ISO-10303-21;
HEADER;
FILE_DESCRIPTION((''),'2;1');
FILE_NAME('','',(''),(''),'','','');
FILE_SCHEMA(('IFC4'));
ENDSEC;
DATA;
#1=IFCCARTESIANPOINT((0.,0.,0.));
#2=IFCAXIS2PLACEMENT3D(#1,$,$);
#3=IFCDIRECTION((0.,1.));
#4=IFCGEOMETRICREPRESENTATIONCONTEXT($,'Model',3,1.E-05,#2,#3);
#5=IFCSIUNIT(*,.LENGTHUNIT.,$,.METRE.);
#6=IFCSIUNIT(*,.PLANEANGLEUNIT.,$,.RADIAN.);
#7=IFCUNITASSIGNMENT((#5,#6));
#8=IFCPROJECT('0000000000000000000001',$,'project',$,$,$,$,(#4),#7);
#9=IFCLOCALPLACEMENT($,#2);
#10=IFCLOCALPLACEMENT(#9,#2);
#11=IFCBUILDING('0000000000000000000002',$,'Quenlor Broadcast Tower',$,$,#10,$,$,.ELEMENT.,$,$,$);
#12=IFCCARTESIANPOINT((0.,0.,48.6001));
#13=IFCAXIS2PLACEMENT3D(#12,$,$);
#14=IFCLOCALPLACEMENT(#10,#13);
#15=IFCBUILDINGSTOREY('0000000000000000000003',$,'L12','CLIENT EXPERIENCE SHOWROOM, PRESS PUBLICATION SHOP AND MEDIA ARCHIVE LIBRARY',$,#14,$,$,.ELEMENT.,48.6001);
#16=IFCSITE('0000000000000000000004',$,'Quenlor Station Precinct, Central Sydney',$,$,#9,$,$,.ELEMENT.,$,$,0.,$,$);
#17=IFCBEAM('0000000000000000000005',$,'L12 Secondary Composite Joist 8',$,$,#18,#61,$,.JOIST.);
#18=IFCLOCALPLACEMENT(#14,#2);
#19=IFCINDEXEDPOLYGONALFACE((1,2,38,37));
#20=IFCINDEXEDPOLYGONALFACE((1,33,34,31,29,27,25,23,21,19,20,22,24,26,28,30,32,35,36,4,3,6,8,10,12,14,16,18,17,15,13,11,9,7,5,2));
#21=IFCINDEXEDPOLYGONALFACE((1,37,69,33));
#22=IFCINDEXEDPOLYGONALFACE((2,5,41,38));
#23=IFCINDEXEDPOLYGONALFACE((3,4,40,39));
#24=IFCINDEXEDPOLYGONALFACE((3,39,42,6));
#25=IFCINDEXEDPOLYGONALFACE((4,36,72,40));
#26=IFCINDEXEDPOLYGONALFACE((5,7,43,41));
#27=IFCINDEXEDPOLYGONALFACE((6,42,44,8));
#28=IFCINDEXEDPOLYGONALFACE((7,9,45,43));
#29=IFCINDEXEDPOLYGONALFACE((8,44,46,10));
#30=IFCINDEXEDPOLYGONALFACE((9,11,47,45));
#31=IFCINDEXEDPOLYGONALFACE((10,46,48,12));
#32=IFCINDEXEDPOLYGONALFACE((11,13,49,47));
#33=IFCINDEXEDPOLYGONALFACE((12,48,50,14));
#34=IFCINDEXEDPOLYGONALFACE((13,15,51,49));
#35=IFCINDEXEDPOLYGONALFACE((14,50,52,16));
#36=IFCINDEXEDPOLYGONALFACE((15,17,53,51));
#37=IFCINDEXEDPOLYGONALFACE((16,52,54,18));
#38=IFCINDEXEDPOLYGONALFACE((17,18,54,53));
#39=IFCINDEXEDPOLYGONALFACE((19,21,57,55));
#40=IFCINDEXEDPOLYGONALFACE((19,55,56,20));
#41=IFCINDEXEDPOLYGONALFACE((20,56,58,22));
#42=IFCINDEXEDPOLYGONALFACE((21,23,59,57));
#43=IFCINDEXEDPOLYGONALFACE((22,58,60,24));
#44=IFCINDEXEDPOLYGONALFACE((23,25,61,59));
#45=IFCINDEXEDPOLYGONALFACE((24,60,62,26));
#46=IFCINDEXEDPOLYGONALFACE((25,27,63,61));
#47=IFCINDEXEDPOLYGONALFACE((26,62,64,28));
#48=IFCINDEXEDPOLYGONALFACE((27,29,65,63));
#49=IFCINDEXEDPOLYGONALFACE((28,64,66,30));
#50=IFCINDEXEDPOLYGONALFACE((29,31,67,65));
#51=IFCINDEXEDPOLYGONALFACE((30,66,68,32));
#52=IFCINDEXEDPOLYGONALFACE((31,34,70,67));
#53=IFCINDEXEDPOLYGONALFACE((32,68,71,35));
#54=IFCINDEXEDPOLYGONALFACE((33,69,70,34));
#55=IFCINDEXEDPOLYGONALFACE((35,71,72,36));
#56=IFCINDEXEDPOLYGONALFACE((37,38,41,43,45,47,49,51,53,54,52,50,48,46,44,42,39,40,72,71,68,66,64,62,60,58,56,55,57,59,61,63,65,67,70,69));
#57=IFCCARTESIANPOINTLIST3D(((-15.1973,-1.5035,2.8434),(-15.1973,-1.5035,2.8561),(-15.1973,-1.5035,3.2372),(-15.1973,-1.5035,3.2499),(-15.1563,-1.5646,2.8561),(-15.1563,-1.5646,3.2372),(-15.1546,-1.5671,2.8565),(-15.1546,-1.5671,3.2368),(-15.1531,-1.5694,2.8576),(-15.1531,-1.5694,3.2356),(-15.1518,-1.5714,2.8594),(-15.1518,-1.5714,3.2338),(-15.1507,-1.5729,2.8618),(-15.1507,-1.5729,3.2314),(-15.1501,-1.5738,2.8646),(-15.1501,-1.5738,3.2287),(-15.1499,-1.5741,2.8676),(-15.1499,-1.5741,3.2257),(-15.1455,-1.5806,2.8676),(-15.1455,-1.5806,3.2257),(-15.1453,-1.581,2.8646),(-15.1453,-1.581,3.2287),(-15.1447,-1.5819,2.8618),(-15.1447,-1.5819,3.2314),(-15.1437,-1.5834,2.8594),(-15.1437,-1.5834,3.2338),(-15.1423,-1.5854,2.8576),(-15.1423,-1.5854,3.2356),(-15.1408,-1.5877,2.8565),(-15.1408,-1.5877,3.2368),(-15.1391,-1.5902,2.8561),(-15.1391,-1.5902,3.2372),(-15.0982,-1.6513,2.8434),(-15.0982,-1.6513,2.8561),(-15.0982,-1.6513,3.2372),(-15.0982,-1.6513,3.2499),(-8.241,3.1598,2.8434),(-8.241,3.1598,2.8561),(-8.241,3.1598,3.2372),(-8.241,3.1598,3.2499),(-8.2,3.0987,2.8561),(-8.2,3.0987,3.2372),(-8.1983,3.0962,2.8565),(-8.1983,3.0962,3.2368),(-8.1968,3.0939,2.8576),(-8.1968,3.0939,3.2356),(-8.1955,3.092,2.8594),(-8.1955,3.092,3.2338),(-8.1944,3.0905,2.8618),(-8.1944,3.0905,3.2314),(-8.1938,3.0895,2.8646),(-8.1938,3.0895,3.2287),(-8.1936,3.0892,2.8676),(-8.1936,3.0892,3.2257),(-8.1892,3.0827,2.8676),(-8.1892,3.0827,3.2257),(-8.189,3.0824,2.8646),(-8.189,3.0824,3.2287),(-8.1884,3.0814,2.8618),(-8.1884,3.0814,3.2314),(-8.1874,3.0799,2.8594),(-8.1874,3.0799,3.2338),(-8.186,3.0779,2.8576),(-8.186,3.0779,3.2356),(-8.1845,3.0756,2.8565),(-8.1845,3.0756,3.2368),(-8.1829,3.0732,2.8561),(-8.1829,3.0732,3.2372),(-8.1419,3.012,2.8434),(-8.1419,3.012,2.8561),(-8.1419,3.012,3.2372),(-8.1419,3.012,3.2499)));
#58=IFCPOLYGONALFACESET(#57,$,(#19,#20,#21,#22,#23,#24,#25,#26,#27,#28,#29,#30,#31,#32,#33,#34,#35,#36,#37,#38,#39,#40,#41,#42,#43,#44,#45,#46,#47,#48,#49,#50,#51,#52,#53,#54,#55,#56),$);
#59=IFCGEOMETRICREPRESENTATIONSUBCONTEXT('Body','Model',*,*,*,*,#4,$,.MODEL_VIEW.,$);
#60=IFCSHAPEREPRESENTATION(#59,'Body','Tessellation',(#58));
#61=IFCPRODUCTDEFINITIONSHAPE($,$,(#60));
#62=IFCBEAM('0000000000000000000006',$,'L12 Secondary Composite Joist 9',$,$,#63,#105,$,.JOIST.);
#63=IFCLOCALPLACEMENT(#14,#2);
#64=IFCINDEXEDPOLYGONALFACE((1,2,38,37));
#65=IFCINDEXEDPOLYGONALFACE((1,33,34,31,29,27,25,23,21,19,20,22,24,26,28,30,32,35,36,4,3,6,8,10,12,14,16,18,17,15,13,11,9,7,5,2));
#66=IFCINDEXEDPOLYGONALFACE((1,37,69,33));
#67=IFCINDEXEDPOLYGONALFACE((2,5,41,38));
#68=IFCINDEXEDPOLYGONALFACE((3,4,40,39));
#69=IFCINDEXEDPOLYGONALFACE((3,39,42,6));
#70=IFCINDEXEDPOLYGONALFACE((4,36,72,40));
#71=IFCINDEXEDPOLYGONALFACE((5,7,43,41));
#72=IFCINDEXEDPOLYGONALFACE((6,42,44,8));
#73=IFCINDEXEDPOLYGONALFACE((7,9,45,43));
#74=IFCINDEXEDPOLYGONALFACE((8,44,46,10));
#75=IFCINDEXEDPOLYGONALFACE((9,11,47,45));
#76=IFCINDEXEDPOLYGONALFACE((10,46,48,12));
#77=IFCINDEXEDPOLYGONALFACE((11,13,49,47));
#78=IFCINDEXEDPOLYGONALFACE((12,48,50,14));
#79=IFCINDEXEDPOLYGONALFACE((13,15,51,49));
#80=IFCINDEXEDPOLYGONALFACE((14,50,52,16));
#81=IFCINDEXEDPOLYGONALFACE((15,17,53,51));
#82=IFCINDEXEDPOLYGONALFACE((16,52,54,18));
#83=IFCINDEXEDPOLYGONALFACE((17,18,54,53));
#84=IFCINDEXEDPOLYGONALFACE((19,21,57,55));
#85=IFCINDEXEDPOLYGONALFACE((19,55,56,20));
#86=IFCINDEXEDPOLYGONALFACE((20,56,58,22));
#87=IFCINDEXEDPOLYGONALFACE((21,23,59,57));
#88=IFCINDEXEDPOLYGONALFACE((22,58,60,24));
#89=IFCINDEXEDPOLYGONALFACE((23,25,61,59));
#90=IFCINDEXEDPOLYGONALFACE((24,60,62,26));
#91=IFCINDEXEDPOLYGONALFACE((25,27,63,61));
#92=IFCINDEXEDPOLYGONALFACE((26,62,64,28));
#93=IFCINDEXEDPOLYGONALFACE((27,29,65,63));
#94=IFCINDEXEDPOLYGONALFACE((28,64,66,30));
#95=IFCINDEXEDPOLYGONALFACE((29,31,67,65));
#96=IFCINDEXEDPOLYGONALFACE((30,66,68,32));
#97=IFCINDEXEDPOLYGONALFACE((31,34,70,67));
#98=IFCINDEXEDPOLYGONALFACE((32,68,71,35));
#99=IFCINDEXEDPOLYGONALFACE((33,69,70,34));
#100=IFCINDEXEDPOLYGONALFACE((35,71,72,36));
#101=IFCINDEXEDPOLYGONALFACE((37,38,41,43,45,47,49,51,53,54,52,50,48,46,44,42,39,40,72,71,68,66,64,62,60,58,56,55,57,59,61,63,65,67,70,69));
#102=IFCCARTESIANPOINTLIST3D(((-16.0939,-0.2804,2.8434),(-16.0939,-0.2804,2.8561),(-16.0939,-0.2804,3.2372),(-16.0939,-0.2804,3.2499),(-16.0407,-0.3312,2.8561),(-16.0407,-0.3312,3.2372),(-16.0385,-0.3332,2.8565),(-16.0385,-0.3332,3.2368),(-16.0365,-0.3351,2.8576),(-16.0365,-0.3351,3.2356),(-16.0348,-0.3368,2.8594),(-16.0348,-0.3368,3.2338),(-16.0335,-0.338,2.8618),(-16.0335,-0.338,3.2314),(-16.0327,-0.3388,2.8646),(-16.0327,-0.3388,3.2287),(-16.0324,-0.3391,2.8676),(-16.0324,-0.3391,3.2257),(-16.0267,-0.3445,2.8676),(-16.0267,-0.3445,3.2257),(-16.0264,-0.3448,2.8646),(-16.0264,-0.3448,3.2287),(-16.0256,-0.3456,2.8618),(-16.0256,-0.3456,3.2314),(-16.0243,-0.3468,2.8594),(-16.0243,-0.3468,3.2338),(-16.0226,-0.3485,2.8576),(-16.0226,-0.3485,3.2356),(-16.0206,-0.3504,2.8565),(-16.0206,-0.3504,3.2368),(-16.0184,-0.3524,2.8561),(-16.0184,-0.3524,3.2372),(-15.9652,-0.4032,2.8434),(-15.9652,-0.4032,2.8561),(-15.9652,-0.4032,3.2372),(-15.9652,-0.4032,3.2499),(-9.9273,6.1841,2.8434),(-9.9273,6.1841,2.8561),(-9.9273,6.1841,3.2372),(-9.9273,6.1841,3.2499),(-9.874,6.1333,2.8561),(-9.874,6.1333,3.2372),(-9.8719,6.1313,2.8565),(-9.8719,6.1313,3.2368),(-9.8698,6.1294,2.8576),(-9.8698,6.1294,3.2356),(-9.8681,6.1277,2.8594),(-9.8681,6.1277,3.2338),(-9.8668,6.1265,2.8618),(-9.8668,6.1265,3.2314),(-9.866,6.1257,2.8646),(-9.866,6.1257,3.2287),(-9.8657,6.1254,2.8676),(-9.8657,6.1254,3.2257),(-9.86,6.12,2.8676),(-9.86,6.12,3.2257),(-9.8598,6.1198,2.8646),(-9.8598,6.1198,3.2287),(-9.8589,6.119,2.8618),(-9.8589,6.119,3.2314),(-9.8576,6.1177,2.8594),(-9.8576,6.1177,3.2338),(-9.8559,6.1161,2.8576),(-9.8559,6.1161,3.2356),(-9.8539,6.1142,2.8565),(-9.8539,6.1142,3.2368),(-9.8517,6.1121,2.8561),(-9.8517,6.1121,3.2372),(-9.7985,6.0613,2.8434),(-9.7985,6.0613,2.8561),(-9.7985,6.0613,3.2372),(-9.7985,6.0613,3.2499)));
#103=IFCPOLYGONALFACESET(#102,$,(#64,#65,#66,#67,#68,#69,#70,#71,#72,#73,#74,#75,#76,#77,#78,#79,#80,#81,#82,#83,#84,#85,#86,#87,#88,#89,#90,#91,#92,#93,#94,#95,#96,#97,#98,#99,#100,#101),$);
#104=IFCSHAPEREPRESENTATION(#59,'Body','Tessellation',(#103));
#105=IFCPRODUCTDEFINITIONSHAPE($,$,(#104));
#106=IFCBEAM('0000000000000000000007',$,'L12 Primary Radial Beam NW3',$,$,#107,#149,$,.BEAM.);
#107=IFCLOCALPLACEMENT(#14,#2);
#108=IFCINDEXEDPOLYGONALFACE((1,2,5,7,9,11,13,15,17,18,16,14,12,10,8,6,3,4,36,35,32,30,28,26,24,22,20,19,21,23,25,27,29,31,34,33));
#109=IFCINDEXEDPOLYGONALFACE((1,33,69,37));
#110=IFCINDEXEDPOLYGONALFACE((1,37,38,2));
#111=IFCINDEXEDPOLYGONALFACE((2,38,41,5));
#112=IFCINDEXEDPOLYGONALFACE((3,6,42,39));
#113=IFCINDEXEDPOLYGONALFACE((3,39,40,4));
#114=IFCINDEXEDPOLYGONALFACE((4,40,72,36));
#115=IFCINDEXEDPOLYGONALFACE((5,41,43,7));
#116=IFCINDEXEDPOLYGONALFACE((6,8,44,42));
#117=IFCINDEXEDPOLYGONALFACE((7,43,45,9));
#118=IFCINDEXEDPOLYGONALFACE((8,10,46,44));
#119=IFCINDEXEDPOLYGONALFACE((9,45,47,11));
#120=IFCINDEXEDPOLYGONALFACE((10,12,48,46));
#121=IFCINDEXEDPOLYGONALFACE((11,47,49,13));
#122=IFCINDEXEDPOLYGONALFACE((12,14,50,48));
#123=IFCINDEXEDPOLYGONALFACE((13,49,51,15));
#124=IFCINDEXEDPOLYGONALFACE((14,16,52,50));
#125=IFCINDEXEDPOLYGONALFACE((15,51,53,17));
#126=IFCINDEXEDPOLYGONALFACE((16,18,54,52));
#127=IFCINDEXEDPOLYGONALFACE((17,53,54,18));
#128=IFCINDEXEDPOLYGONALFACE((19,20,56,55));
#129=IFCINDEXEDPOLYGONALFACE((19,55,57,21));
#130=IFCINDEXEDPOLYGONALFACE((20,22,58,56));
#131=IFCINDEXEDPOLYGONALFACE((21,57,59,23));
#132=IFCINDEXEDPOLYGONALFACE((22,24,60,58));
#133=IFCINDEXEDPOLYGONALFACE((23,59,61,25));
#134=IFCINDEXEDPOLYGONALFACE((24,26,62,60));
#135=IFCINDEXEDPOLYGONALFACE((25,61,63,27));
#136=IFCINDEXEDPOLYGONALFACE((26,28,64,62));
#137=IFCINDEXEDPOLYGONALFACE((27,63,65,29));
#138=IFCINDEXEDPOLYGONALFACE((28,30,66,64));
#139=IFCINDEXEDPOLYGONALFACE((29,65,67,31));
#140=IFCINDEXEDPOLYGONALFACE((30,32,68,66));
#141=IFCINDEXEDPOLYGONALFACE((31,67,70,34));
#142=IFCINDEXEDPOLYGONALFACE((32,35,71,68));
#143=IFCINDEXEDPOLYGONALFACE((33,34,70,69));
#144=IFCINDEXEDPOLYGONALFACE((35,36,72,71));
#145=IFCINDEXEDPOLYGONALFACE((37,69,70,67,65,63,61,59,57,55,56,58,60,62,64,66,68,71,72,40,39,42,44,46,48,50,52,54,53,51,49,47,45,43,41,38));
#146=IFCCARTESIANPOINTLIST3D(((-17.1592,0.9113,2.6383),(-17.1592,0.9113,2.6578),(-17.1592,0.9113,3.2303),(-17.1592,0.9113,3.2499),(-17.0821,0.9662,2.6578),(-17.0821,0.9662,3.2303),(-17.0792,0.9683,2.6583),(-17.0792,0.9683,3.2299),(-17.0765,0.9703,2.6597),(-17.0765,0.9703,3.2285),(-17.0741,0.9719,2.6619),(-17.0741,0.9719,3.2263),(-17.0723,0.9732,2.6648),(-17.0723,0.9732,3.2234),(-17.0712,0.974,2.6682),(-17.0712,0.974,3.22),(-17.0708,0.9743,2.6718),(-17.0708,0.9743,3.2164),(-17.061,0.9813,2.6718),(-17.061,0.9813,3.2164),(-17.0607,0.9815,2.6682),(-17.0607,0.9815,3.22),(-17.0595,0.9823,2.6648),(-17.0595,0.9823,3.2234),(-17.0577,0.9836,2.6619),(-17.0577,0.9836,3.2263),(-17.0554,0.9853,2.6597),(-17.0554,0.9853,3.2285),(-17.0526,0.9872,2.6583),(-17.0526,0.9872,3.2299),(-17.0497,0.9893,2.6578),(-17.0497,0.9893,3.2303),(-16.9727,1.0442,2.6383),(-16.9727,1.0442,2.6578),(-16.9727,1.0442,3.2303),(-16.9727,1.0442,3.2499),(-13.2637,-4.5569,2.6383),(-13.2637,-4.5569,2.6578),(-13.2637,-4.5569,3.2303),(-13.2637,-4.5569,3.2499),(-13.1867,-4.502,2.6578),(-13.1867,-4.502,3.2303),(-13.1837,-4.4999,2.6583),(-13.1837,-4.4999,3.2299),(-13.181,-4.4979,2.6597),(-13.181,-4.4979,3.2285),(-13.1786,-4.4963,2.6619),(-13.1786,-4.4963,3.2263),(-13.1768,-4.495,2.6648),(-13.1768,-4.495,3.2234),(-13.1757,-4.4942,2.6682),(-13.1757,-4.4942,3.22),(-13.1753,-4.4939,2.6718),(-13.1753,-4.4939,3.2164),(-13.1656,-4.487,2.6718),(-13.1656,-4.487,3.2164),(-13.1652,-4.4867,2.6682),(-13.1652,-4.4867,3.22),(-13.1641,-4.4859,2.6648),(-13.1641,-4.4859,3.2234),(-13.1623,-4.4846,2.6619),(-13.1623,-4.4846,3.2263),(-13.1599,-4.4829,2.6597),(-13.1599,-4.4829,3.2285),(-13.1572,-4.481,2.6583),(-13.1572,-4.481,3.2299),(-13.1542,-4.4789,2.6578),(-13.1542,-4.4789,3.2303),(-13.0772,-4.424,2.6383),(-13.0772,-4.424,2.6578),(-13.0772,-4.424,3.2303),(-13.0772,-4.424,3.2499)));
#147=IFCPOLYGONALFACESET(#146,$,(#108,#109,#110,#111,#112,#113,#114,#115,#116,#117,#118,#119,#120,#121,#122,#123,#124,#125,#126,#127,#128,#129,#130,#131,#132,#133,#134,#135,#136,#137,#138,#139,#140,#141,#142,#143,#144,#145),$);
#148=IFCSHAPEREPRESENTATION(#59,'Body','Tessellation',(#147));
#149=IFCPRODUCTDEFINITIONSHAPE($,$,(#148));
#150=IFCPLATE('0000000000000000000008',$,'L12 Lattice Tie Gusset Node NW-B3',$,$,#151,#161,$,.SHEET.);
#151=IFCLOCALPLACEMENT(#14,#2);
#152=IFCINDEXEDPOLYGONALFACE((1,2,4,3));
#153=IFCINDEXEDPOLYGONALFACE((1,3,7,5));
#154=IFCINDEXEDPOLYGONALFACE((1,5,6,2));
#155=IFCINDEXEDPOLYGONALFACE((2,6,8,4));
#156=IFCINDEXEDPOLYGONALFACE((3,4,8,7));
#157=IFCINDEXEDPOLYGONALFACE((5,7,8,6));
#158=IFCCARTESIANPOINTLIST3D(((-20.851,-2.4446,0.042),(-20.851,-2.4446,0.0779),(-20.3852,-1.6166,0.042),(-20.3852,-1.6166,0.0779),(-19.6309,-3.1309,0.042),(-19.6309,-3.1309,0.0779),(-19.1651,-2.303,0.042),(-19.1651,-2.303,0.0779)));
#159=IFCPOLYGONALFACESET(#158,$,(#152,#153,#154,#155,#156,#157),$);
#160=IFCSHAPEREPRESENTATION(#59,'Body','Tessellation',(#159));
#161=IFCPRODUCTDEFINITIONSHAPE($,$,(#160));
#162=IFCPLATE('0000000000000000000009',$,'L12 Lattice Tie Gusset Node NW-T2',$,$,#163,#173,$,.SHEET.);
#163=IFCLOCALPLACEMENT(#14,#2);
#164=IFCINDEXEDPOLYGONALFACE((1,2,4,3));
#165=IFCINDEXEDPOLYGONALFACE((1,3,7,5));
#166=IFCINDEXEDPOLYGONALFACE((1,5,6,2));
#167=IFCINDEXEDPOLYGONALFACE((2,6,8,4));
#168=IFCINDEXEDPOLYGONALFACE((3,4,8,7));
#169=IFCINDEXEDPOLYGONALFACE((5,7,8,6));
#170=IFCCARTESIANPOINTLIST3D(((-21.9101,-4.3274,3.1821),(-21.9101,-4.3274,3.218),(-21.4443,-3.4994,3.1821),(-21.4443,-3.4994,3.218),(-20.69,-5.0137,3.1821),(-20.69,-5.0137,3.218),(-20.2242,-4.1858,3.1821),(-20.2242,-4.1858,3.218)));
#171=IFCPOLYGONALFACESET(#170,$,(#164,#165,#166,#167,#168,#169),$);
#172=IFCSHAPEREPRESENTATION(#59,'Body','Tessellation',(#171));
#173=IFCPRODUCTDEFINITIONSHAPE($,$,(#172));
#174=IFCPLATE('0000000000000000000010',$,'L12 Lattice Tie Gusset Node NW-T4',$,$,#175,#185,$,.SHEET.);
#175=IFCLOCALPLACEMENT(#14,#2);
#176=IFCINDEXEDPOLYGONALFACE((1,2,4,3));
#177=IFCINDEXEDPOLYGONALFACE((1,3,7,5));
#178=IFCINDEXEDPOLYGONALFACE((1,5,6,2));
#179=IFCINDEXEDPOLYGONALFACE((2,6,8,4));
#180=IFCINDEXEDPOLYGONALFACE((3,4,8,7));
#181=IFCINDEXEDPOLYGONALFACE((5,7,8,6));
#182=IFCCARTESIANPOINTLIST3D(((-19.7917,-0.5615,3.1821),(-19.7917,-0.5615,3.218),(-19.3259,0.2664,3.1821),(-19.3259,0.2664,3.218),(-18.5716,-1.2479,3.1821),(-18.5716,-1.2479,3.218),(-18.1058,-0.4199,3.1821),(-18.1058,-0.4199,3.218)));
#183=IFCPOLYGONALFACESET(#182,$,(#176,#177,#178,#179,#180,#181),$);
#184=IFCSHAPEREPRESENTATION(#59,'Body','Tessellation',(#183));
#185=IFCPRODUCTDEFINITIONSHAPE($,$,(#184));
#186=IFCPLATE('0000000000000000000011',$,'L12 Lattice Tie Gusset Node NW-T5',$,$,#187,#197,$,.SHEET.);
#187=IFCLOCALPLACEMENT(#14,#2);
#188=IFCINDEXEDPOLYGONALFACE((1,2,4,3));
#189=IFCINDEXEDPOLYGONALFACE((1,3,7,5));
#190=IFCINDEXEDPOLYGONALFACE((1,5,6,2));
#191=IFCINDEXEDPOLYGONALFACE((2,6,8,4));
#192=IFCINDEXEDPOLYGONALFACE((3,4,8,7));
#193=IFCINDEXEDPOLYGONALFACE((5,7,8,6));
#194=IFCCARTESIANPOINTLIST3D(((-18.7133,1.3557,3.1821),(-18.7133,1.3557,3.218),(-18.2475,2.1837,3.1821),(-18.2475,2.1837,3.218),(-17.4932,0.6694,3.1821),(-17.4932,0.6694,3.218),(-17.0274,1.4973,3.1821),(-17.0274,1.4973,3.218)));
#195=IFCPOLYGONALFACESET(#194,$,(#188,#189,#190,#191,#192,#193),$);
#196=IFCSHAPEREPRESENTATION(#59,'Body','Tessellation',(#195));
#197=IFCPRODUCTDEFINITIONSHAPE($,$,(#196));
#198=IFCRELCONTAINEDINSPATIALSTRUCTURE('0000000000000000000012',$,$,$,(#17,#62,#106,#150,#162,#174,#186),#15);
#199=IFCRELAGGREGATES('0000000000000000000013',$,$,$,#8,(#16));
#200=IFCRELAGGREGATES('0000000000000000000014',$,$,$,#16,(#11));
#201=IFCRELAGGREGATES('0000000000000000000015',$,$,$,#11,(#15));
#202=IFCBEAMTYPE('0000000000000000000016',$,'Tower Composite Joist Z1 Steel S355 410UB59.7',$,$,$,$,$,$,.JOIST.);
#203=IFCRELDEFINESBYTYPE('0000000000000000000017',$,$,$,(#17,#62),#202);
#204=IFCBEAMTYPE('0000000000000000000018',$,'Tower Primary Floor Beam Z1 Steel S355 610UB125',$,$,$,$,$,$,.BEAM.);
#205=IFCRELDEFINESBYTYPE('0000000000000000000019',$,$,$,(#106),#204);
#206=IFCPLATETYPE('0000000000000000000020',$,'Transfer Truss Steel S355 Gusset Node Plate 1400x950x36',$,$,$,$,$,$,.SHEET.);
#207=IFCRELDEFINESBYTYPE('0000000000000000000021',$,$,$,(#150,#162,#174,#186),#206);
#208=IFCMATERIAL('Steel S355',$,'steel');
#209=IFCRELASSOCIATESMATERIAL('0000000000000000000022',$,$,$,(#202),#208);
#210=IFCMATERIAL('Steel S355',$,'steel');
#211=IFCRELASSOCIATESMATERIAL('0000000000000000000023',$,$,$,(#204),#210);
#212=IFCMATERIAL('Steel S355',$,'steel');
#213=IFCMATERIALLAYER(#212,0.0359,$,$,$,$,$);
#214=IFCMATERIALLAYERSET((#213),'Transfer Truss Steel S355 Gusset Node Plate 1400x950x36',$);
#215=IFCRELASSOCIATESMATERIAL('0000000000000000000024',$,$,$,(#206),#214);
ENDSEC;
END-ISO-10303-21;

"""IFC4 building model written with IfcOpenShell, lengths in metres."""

from ifc_helpers import new_model, si_unit, direction, frame, origin, origin_2d, place, context, subcontext, project, spatial, rectangle, i_section, extrude, material, layer, layer_set, material_profile, profile_set, type_object, element, save


model = new_model("IFC4")

# Units and contexts
model_context = context("Model", 3, precision=1e-05, world=origin(), true_north=direction((0.0, 1.0)))
body_context = subcontext(model_context, "Body", "Model", "MODEL_VIEW")
ifc_project = project(units=[si_unit("LENGTHUNIT", "METRE"), si_unit("PLANEANGLEUNIT", "RADIAN")], contexts=[model_context])

# Site, building, storey
site_placement = place(None, origin())
site = spatial("IfcSite", under=ifc_project, at=site_placement, Name="Quenlor Station Precinct, Central Sydney", CompositionType="ELEMENT", RefElevation=0.0)
building_placement = place(site_placement, origin())
building = spatial("IfcBuilding", under=site, at=building_placement, Name="Quenlor Broadcast Tower", CompositionType="ELEMENT")
storey_placement = place(building_placement, frame((0.0, 0.0, 48.6001)))
storey = spatial("IfcBuildingStorey", under=building, at=storey_placement, Name="L12", Description="CLIENT EXPERIENCE SHOWROOM, PRESS PUBLICATION SHOP AND MEDIA ARCHIVE LIBRARY", CompositionType="ELEMENT", Elevation=48.6001)

# Beams
ifc_material_1 = material(Name="Steel S355", Category="steel")
ifc_material_profile_1 = material_profile(ifc_material_1, i_section(OverallWidth=0.178, OverallDepth=0.4065, WebThickness=0.0078, FlangeThickness=0.0127, FilletRadius=0.0115, at=origin_2d()))
ifc_profile_set_1 = profile_set([ifc_material_profile_1], Name="Steel S355 410UB59.7")
beam_type_1 = type_object("IfcBeamType", Name="Tower Composite Joist Z1 Steel S355 410UB59.7", PredefinedType="JOIST", material=ifc_profile_set_1)
beam_1_placement = place(storey_placement, frame((-15.1477, -1.5774, 3.0466), z_axis=(0.830626, 0.556831, 0.0), x_axis=(-0.556831, 0.830626, 0.0)))
element("IfcBeam", 1, at=beam_1_placement, inside=storey, type_object=beam_type_1, Name="L12 Secondary Composite Joist 8", PredefinedType="JOIST", context=body_context, shape_type="SweptSolid", body=[
    extrude(i_section(OverallWidth=0.178, OverallDepth=0.4065, WebThickness=0.0078, FlangeThickness=0.0127, FilletRadius=0.0115, at=origin_2d()), origin(), (0.0, 0.0, 1.0), 8.3748),
])
beam_2_placement = place(storey_placement, frame((-16.0295, -0.3418, 3.0466), z_axis=(0.690241, 0.723579, 0.0), x_axis=(-0.723579, 0.690241, 0.0)))
element("IfcBeam", 2, at=beam_2_placement, inside=storey, type_object=beam_type_1, Name="L12 Secondary Composite Joist 9", PredefinedType="JOIST", context=body_context, shape_type="SweptSolid", body=[
    extrude(i_section(OverallWidth=0.178, OverallDepth=0.4065, WebThickness=0.0078, FlangeThickness=0.0127, FilletRadius=0.0115, at=origin_2d()), origin(), (0.0, 0.0, 1.0), 8.9341),
])
ifc_material_2 = material(Name="Steel S355", Category="steel")
ifc_material_profile_2 = material_profile(ifc_material_2, i_section(OverallWidth=0.229, OverallDepth=0.6116, WebThickness=0.012, FlangeThickness=0.0195, FilletRadius=0.0139, at=origin_2d()))
ifc_profile_set_2 = profile_set([ifc_material_profile_2], Name="Steel S355 610UB125")
beam_type_2 = type_object("IfcBeamType", Name="Tower Primary Floor Beam Z1 Steel S355 610UB125", PredefinedType="BEAM", material=ifc_profile_set_2)
beam_3_placement = place(storey_placement, frame((-17.0659, 0.9778, 2.9441), z_axis=(0.580213, -0.814465, 0.0), x_axis=(0.814465, 0.580213, 0.0)))
element("IfcBeam", 3, at=beam_3_placement, inside=storey, type_object=beam_type_2, Name="L12 Primary Radial Beam NW3", PredefinedType="BEAM", context=body_context, shape_type="SweptSolid", body=[
    extrude(i_section(OverallWidth=0.229, OverallDepth=0.6116, WebThickness=0.012, FlangeThickness=0.0195, FilletRadius=0.0139, at=origin_2d()), origin(), (0.0, 0.0, 1.0), 6.7139),
])

# Plates
ifc_material_3 = material(Name="Steel S355", Category="steel")
ifc_layer_1 = layer(ifc_material_3, 0.0359)
ifc_layer_set_1 = layer_set([ifc_layer_1], Name="Transfer Truss Steel S355 Gusset Node Plate 1400x950x36")
plate_type = type_object("IfcPlateType", Name="Transfer Truss Steel S355 Gusset Node Plate 1400x950x36", PredefinedType="SHEET", material=ifc_layer_set_1)
for number, where, z_axis, x_axis, name in (
    (4, (-20.0081, -2.3738, 0.042), (0.0, 0.0, 1.0), (-0.871556, 0.490295, 0.0), "L12 Lattice Tie Gusset Node NW-B3"),
    (5, (-21.0671, -4.2566, 3.1821), (0.0, 0.0, 1.0), (-0.871556, 0.490295, 0.0), "L12 Lattice Tie Gusset Node NW-T2"),
    (6, (-18.9487, -0.4907, 3.1821), (0.0, 0.0, 1.0), (-0.871556, 0.490295, 0.0), "L12 Lattice Tie Gusset Node NW-T4"),
    (7, (-17.8704, 1.4265, 3.1821), (0.0, 0.0, 1.0), (-0.871556, 0.490295, 0.0), "L12 Lattice Tie Gusset Node NW-T5"),
):
    element("IfcPlate", number, at=place(storey_placement, frame(where, z_axis=z_axis, x_axis=x_axis)), inside=storey, type_object=plate_type, Name=name, PredefinedType="SHEET", context=body_context, shape_type="SweptSolid", body=[
        extrude(rectangle(XDim=1.3999, YDim=0.95, at=origin_2d()), origin(), (0.0, 0.0, 1.0), 0.0359),
    ])

save(model, "model.ifc")
